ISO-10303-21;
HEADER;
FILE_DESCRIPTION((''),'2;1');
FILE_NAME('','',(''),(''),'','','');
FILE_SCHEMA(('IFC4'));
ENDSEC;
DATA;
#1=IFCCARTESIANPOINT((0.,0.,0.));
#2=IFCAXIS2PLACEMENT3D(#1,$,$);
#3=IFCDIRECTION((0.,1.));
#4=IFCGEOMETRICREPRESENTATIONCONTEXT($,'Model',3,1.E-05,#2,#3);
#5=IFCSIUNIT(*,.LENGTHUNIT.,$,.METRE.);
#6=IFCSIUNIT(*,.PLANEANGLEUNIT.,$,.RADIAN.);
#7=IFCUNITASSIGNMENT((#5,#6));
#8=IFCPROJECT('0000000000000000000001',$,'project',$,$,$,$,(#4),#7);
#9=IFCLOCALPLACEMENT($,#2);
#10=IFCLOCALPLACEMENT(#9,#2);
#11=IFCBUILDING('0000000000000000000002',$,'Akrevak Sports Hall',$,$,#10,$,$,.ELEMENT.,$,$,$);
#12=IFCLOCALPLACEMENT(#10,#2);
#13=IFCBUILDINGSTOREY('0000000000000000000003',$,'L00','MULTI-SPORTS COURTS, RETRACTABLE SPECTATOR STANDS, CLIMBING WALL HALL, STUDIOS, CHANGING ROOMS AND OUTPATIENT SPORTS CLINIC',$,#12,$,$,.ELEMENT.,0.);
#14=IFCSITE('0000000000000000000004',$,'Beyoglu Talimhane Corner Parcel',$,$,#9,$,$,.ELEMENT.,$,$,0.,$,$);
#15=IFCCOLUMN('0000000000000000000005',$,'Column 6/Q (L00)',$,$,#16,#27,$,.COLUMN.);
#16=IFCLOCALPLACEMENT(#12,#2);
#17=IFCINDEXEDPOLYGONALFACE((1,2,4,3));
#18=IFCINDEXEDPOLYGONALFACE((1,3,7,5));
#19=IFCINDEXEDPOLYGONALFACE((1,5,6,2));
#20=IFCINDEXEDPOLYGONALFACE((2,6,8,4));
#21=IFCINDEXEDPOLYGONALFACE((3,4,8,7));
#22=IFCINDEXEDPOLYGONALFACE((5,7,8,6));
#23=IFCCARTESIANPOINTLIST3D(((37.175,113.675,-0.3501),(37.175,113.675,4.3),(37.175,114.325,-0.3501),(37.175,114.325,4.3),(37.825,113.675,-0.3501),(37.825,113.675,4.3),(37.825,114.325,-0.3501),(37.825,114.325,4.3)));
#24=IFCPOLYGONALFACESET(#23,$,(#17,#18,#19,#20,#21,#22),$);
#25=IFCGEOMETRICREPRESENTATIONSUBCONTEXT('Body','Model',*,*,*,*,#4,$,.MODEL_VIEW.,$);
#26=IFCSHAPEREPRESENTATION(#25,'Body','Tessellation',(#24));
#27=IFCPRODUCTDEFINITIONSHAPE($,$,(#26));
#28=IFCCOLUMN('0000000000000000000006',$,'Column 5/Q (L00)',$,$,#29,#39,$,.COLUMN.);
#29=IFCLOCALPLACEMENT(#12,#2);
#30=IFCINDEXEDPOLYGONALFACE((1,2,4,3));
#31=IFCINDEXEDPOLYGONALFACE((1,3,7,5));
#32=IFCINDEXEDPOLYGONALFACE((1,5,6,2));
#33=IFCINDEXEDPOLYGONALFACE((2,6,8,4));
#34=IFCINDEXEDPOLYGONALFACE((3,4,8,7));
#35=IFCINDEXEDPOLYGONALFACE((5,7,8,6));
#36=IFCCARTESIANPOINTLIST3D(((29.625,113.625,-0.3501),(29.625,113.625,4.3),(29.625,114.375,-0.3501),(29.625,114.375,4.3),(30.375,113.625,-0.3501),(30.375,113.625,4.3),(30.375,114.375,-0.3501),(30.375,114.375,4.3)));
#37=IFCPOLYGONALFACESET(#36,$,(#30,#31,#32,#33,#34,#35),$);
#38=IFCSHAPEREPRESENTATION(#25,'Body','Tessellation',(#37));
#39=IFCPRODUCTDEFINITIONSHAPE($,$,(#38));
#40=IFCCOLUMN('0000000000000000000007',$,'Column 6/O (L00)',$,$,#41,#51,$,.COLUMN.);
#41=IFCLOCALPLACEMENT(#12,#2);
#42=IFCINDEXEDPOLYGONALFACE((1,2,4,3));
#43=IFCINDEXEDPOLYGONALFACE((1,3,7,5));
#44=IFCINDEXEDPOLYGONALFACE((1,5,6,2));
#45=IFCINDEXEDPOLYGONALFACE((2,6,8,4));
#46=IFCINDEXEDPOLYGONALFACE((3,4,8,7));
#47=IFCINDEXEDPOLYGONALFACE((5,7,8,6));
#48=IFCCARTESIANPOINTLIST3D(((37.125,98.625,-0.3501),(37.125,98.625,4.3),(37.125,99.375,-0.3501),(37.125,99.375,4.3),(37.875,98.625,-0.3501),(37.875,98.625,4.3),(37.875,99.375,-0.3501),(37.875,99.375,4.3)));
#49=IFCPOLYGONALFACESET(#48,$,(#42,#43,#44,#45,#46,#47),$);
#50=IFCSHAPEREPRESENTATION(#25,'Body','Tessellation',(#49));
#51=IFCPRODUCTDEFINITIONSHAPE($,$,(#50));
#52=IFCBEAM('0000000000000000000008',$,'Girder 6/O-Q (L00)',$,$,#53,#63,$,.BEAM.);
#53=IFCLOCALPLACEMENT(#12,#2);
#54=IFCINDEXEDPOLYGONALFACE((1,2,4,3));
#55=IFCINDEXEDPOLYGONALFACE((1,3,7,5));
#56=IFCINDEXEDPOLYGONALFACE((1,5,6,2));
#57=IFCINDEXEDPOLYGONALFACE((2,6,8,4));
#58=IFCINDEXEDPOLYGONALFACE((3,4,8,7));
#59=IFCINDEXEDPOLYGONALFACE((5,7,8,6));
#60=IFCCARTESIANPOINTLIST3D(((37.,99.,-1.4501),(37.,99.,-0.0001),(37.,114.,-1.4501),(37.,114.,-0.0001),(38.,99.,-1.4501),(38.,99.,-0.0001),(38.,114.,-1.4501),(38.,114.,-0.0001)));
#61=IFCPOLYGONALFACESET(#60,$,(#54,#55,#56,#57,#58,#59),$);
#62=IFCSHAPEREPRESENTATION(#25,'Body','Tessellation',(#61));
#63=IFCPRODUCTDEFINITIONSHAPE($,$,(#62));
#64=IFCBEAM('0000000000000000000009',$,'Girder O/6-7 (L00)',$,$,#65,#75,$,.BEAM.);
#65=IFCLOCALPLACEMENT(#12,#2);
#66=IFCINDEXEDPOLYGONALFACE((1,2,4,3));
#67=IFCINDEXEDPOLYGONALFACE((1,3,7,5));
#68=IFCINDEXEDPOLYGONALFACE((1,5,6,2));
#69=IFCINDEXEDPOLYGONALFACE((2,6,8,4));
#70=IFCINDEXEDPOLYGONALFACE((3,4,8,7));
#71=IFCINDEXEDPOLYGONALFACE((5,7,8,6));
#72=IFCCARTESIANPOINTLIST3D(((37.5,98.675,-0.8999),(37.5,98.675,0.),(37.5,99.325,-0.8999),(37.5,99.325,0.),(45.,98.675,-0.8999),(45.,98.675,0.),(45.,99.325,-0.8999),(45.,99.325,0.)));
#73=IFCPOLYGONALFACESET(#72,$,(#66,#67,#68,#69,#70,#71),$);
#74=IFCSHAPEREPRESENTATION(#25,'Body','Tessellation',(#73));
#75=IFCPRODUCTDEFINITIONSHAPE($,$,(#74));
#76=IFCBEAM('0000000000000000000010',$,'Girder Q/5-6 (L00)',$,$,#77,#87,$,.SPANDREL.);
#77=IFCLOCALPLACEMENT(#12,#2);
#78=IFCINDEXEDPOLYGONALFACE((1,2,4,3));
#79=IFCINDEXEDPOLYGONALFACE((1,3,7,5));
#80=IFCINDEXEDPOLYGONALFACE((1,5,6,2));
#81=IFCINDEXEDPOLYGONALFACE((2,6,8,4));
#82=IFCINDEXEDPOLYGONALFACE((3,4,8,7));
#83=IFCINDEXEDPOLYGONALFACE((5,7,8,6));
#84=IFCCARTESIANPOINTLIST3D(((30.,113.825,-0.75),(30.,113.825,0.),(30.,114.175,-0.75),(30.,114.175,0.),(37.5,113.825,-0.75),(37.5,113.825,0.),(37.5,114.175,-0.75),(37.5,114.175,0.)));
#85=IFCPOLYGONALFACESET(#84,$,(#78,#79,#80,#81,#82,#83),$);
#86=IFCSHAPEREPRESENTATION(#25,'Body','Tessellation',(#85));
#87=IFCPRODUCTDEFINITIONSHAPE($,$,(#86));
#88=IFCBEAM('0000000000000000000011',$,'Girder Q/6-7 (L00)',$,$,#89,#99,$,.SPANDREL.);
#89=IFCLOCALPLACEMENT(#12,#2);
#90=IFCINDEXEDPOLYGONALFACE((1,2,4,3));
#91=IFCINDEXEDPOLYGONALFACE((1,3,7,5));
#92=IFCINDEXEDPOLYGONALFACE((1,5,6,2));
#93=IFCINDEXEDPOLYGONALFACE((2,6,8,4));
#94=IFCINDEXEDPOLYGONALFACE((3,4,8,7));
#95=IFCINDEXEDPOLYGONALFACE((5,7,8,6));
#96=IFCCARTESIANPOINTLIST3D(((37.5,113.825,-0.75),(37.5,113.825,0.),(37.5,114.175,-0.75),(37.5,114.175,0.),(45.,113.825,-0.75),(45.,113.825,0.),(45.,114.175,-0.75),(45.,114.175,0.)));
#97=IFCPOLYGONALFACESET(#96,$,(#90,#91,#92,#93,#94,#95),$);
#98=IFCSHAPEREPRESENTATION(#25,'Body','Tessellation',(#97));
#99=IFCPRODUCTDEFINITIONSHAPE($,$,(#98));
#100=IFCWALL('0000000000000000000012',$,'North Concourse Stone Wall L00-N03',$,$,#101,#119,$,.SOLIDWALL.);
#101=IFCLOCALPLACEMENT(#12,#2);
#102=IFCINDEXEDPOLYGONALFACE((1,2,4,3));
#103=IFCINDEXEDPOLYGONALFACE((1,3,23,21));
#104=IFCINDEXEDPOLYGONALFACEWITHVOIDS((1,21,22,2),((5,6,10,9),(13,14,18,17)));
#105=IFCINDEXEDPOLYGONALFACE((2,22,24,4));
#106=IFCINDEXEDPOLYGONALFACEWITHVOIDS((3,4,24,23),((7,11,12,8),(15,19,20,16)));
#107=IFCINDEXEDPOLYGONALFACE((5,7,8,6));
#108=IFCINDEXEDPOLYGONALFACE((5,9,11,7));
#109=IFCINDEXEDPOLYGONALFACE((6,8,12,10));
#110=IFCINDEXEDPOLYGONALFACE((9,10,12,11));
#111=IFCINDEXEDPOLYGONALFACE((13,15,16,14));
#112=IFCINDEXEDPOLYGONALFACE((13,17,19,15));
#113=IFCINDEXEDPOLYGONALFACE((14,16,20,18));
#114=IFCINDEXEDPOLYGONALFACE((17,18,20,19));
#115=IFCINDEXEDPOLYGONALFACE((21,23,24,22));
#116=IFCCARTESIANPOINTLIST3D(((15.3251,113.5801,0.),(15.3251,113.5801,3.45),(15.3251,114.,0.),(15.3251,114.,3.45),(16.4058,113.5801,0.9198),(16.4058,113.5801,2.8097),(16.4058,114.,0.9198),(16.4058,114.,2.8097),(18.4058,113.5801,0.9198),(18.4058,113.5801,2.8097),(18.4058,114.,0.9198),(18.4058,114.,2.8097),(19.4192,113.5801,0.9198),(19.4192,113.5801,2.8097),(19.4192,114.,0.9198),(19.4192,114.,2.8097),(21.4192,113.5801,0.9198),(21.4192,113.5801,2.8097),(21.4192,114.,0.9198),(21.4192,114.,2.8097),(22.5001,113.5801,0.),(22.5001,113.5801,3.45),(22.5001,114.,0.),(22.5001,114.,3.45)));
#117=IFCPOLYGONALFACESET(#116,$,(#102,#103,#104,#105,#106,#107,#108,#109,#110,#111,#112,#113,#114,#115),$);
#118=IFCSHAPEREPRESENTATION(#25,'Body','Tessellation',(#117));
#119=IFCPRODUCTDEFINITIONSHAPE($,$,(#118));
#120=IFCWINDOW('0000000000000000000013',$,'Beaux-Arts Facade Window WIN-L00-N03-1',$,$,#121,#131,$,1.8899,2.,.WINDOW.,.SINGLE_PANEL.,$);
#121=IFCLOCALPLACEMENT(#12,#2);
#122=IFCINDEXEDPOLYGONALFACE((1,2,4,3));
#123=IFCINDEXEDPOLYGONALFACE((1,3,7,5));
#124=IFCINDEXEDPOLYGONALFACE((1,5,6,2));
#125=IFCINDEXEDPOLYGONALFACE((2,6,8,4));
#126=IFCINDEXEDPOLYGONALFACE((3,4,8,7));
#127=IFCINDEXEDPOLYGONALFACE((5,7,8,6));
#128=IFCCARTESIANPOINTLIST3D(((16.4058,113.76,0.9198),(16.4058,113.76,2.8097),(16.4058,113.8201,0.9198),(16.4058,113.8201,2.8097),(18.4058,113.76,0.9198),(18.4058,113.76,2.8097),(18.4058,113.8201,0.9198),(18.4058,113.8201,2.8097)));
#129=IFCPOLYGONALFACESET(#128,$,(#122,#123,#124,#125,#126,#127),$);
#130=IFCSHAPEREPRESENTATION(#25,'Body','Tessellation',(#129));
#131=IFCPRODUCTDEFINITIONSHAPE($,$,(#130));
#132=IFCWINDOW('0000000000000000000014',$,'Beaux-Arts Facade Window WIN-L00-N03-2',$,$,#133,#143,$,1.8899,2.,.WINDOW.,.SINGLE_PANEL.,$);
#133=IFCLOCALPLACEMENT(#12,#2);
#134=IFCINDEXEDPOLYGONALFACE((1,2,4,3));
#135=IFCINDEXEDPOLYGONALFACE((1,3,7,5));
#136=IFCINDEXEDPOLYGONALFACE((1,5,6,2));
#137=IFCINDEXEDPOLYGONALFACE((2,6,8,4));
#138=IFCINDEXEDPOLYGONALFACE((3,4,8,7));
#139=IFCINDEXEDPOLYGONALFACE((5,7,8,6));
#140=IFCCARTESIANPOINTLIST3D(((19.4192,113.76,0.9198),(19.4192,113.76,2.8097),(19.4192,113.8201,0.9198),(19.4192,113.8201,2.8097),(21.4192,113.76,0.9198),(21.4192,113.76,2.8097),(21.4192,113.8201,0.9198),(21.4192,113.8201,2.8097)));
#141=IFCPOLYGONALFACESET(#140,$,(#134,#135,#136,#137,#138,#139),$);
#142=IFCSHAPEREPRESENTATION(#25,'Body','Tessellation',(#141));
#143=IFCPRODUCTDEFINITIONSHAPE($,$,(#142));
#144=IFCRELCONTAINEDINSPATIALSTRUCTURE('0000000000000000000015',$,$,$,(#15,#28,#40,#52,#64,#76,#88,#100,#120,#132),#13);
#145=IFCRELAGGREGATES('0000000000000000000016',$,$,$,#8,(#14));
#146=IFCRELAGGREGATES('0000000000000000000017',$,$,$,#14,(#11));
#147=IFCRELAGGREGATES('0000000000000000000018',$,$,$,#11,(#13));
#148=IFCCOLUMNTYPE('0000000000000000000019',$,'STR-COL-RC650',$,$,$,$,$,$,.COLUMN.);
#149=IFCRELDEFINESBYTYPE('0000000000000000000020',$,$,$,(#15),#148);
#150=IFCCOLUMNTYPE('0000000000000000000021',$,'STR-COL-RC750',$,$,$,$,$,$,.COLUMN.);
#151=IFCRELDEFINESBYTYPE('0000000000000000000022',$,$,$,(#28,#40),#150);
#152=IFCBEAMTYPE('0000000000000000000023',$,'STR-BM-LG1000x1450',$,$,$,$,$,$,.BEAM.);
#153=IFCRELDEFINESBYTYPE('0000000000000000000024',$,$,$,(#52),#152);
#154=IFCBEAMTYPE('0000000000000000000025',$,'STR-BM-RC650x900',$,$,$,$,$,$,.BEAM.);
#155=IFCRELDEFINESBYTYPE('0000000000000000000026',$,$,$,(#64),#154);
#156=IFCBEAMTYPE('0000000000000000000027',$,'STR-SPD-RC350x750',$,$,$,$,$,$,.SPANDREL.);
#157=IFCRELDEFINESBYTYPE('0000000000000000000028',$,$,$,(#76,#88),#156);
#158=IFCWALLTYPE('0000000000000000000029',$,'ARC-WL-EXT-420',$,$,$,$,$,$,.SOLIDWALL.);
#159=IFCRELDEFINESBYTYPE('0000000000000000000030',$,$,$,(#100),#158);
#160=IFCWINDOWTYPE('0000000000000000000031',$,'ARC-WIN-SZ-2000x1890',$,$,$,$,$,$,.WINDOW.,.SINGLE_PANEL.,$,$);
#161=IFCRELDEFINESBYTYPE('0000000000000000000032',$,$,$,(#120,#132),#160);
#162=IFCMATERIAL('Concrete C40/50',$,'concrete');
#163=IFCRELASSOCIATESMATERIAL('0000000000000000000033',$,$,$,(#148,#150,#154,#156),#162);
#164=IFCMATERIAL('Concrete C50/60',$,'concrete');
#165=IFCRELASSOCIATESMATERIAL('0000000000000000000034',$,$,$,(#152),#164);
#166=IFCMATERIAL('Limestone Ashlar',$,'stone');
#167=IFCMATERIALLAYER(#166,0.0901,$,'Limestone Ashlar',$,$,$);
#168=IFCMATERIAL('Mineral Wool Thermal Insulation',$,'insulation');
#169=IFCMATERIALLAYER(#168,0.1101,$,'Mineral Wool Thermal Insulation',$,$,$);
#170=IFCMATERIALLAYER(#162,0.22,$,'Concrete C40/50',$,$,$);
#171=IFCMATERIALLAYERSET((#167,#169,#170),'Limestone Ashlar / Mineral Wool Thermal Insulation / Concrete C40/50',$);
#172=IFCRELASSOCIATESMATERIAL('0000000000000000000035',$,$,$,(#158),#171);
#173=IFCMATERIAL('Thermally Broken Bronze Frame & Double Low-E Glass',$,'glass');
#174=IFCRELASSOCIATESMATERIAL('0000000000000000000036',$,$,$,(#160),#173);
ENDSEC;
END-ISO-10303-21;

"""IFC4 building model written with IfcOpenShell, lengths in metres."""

from ifc_helpers import new_model, si_unit, direction, frame, frame_2d, origin, origin_2d, place, context, subcontext, project, spatial, rectangle, extrude, material, layer, layer_set, material_profile, profile_set, type_object, element, fill, save


model = new_model("IFC4")

# Units and contexts
model_context = context("Model", 3, precision=1e-05, world=origin(), true_north=direction((0.0, 1.0)))
body_context = subcontext(model_context, "Body", "Model", "MODEL_VIEW")
ifc_project = project(units=[si_unit("LENGTHUNIT", "METRE"), si_unit("PLANEANGLEUNIT", "RADIAN")], contexts=[model_context])

# Site, building, storey
site_placement = place(None, origin())
site = spatial("IfcSite", under=ifc_project, at=site_placement, Name="Beyoglu Talimhane Corner Parcel", CompositionType="ELEMENT", RefElevation=0.0)
building_placement = place(site_placement, origin())
building = spatial("IfcBuilding", under=site, at=building_placement, Name="Akrevak Sports Hall", CompositionType="ELEMENT")
storey_placement = place(building_placement, origin())
storey = spatial("IfcBuildingStorey", under=building, at=storey_placement, Name="L00", Description="MULTI-SPORTS COURTS, RETRACTABLE SPECTATOR STANDS, CLIMBING WALL HALL, STUDIOS, CHANGING ROOMS AND OUTPATIENT SPORTS CLINIC", CompositionType="ELEMENT", Elevation=0.0)

# Columns
ifc_material_1 = material(Name="Concrete C40/50", Category="concrete")
ifc_material_profile_1 = material_profile(ifc_material_1, rectangle(XDim=0.6499, YDim=0.6499, at=origin_2d()), Name="RC 650x650", Category="concrete")
ifc_profile_set_1 = profile_set([ifc_material_profile_1], Name="Concrete C40/50")
column_type_1 = type_object("IfcColumnType", Name="STR-COL-RC650", PredefinedType="COLUMN", material=ifc_profile_set_1)
column_placement = place(storey_placement, frame((37.5, 114.0, -0.3501), z_axis=(0.0, 0.0, 1.0), x_axis=(1.0, 0.0, 0.0)))
element("IfcColumn", 1, at=column_placement, inside=storey, type_object=column_type_1, Name="Column 6/Q (L00)", PredefinedType="COLUMN", context=body_context, shape_type="SweptSolid", body=[
    extrude(rectangle(XDim=0.6499, YDim=0.6499, at=origin_2d()), origin(), (0.0, 0.0, 1.0), 4.6501),
])
ifc_material_profile_2 = material_profile(ifc_material_1, rectangle(XDim=0.75, YDim=0.75, at=origin_2d()), Name="RC 750x750", Category="concrete")
ifc_profile_set_2 = profile_set([ifc_material_profile_2], Name="Concrete C40/50")
column_type_2 = type_object("IfcColumnType", Name="STR-COL-RC750", PredefinedType="COLUMN", material=ifc_profile_set_2)
for number, where, z_axis, x_axis, name in (
    (2, (30.0, 114.0, -0.3501), (0.0, 0.0, 1.0), (1.0, 0.0, 0.0), "Column 5/Q (L00)"),
    (3, (37.5, 99.0, -0.3501), (0.0, 0.0, 1.0), (1.0, 0.0, 0.0), "Column 6/O (L00)"),
):
    element("IfcColumn", number, at=place(storey_placement, frame(where, z_axis=z_axis, x_axis=x_axis)), inside=storey, type_object=column_type_2, Name=name, PredefinedType="COLUMN", context=body_context, shape_type="SweptSolid", body=[
        extrude(rectangle(XDim=0.75, YDim=0.75, at=origin_2d()), origin(), (0.0, 0.0, 1.0), 4.6501),
    ])

# Beams
ifc_material_2 = material(Name="Concrete C50/60", Category="concrete")
ifc_material_profile_3 = material_profile(ifc_material_2, rectangle(XDim=1.0, YDim=1.45, at=origin_2d()), Name="BM 1000x1450", Category="concrete")
ifc_profile_set_3 = profile_set([ifc_material_profile_3], Name="Concrete C50/60")
beam_type_1 = type_object("IfcBeamType", Name="STR-BM-LG1000x1450", PredefinedType="BEAM", material=ifc_profile_set_3)
beam_1_placement = place(storey_placement, frame((37.5, 99.0, -0.7251), z_axis=(0.0, 1.0, 0.0), x_axis=(-1.0, 0.0, 0.0)))
element("IfcBeam", 4, at=beam_1_placement, inside=storey, type_object=beam_type_1, Name="Girder 6/O-Q (L00)", PredefinedType="BEAM", context=body_context, shape_type="SweptSolid", body=[
    extrude(rectangle(XDim=1.0, YDim=1.45, at=origin_2d()), origin(), (0.0, 0.0, 1.0), 15.0),
])
ifc_material_profile_4 = material_profile(ifc_material_1, rectangle(XDim=0.6499, YDim=0.8999, at=origin_2d()), Name="BM 650x900", Category="concrete")
ifc_profile_set_4 = profile_set([ifc_material_profile_4], Name="Concrete C40/50")
beam_type_2 = type_object("IfcBeamType", Name="STR-BM-RC650x900", PredefinedType="BEAM", material=ifc_profile_set_4)
beam_2_placement = place(storey_placement, frame((37.5, 99.0, -0.45), z_axis=(1.0, 0.0, 0.0), x_axis=(0.0, 1.0, 0.0)))
element("IfcBeam", 5, at=beam_2_placement, inside=storey, type_object=beam_type_2, Name="Girder O/6-7 (L00)", PredefinedType="BEAM", context=body_context, shape_type="SweptSolid", body=[
    extrude(rectangle(XDim=0.6499, YDim=0.8999, at=origin_2d()), origin(), (0.0, 0.0, 1.0), 7.5),
])
ifc_material_profile_5 = material_profile(ifc_material_1, rectangle(XDim=0.3501, YDim=0.75, at=origin_2d()), Name="SPD 350x750", Category="concrete")
ifc_profile_set_5 = profile_set([ifc_material_profile_5], Name="Concrete C40/50")
beam_type_3 = type_object("IfcBeamType", Name="STR-SPD-RC350x750", PredefinedType="SPANDREL", material=ifc_profile_set_5)
for number, where, z_axis, x_axis, name in (
    (6, (30.0, 114.0, -0.375), (1.0, 0.0, 0.0), (0.0, 1.0, 0.0), "Girder Q/5-6 (L00)"),
    (7, (37.5, 114.0, -0.375), (1.0, 0.0, 0.0), (0.0, 1.0, 0.0), "Girder Q/6-7 (L00)"),
):
    element("IfcBeam", number, at=place(storey_placement, frame(where, z_axis=z_axis, x_axis=x_axis)), inside=storey, type_object=beam_type_3, Name=name, PredefinedType="SPANDREL", context=body_context, shape_type="SweptSolid", body=[
        extrude(rectangle(XDim=0.3501, YDim=0.75, at=origin_2d()), origin(), (0.0, 0.0, 1.0), 7.5),
    ])

# Wall, openings, windows
ifc_material_3 = material(Name="Limestone Ashlar", Category="stone")
ifc_layer_1 = layer(ifc_material_3, 0.0901, Name="Limestone Ashlar")
ifc_material_4 = material(Name="Mineral Wool Thermal Insulation", Category="insulation")
ifc_layer_2 = layer(ifc_material_4, 0.1101, Name="Mineral Wool Thermal Insulation")
ifc_layer_3 = layer(ifc_material_1, 0.22, Name="Concrete C40/50")
ifc_layer_set_1 = layer_set([ifc_layer_1, ifc_layer_2, ifc_layer_3], Name="Limestone Ashlar / Mineral Wool Thermal Insulation / Concrete C40/50")
wall_type_1 = type_object("IfcWallType", Name="ARC-WL-EXT-420", PredefinedType="SOLIDWALL", material=ifc_layer_set_1)
wall_1_placement = place(storey_placement, frame((22.5, 113.79, 0.0), z_axis=(0.0, 0.0, 1.0), x_axis=(-1.0, 0.0, 0.0)))
wall_1 = element("IfcWall", 8, at=wall_1_placement, inside=storey, type_object=wall_type_1, Name="North Concourse Stone Wall L00-N03", PredefinedType="SOLIDWALL", context=body_context, shape_type="SweptSolid", body=[
    extrude(rectangle(XDim=7.175, YDim=0.4199, at=frame_2d((3.5874, 0.0))), origin(), (0.0, 0.0, 1.0), 3.45),
])
opening_1_placement = place(wall_1_placement, frame((4.0942, 0.0, 0.9199)))
opening_1 = element("IfcOpeningElement", 9, at=opening_1_placement, cuts=wall_1, PredefinedType="OPENING", context=body_context, shape_type="SweptSolid", body=[
    extrude(rectangle(XDim=2.0, YDim=1.8899, at=frame_2d((1.0, 0.9448))), frame((0.0, 0.2219, 0.0), z_axis=(0.0, -1.0, 0.0), x_axis=(1.0, 0.0, 0.0)), (0.0, 0.0, 1.0), 0.4438),
])
opening_2_placement = place(wall_1_placement, frame((1.0808, 0.0, 0.9199)))
opening_2 = element("IfcOpeningElement", 10, at=opening_2_placement, cuts=wall_1, PredefinedType="OPENING", context=body_context, shape_type="SweptSolid", body=[
    extrude(rectangle(XDim=2.0, YDim=1.8899, at=frame_2d((1.0, 0.9448))), frame((0.0, 0.2219, 0.0), z_axis=(0.0, -1.0, 0.0), x_axis=(1.0, 0.0, 0.0)), (0.0, 0.0, 1.0), 0.4438),
])
ifc_material_5 = material(Name="Thermally Broken Bronze Frame & Double Low-E Glass", Category="glass")
window_type = type_object("IfcWindowType", Name="ARC-WIN-SZ-2000x1890", PartitioningType="SINGLE_PANEL", PredefinedType="WINDOW", material=ifc_material_5)
window_1_placement = place(opening_1_placement, origin())
window_1 = element("IfcWindow", 11, at=window_1_placement, inside=storey, type_object=window_type, Name="Beaux-Arts Facade Window WIN-L00-N03-1", OverallHeight=1.8899, OverallWidth=2.0, PartitioningType="SINGLE_PANEL", PredefinedType="WINDOW", context=body_context, shape_type="SweptSolid", body=[
    extrude(rectangle(XDim=2.0, YDim=1.8899, at=frame_2d((1.0, 0.9448))), frame((0.0, 0.03, 0.0), z_axis=(0.0, -1.0, 0.0), x_axis=(1.0, 0.0, 0.0)), (0.0, 0.0, 1.0), 0.0601),
])
fill(opening_1, window_1)
window_2_placement = place(opening_2_placement, origin())
window_2 = element("IfcWindow", 12, at=window_2_placement, inside=storey, type_object=window_type, Name="Beaux-Arts Facade Window WIN-L00-N03-2", OverallHeight=1.8899, OverallWidth=2.0, PartitioningType="SINGLE_PANEL", PredefinedType="WINDOW", context=body_context, shape_type="SweptSolid", body=[
    extrude(rectangle(XDim=2.0, YDim=1.8899, at=frame_2d((1.0, 0.9448))), frame((0.0, 0.03, 0.0), z_axis=(0.0, -1.0, 0.0), x_axis=(1.0, 0.0, 0.0)), (0.0, 0.0, 1.0), 0.0601),
])
fill(opening_2, window_2)

save(model, "model.ifc")
